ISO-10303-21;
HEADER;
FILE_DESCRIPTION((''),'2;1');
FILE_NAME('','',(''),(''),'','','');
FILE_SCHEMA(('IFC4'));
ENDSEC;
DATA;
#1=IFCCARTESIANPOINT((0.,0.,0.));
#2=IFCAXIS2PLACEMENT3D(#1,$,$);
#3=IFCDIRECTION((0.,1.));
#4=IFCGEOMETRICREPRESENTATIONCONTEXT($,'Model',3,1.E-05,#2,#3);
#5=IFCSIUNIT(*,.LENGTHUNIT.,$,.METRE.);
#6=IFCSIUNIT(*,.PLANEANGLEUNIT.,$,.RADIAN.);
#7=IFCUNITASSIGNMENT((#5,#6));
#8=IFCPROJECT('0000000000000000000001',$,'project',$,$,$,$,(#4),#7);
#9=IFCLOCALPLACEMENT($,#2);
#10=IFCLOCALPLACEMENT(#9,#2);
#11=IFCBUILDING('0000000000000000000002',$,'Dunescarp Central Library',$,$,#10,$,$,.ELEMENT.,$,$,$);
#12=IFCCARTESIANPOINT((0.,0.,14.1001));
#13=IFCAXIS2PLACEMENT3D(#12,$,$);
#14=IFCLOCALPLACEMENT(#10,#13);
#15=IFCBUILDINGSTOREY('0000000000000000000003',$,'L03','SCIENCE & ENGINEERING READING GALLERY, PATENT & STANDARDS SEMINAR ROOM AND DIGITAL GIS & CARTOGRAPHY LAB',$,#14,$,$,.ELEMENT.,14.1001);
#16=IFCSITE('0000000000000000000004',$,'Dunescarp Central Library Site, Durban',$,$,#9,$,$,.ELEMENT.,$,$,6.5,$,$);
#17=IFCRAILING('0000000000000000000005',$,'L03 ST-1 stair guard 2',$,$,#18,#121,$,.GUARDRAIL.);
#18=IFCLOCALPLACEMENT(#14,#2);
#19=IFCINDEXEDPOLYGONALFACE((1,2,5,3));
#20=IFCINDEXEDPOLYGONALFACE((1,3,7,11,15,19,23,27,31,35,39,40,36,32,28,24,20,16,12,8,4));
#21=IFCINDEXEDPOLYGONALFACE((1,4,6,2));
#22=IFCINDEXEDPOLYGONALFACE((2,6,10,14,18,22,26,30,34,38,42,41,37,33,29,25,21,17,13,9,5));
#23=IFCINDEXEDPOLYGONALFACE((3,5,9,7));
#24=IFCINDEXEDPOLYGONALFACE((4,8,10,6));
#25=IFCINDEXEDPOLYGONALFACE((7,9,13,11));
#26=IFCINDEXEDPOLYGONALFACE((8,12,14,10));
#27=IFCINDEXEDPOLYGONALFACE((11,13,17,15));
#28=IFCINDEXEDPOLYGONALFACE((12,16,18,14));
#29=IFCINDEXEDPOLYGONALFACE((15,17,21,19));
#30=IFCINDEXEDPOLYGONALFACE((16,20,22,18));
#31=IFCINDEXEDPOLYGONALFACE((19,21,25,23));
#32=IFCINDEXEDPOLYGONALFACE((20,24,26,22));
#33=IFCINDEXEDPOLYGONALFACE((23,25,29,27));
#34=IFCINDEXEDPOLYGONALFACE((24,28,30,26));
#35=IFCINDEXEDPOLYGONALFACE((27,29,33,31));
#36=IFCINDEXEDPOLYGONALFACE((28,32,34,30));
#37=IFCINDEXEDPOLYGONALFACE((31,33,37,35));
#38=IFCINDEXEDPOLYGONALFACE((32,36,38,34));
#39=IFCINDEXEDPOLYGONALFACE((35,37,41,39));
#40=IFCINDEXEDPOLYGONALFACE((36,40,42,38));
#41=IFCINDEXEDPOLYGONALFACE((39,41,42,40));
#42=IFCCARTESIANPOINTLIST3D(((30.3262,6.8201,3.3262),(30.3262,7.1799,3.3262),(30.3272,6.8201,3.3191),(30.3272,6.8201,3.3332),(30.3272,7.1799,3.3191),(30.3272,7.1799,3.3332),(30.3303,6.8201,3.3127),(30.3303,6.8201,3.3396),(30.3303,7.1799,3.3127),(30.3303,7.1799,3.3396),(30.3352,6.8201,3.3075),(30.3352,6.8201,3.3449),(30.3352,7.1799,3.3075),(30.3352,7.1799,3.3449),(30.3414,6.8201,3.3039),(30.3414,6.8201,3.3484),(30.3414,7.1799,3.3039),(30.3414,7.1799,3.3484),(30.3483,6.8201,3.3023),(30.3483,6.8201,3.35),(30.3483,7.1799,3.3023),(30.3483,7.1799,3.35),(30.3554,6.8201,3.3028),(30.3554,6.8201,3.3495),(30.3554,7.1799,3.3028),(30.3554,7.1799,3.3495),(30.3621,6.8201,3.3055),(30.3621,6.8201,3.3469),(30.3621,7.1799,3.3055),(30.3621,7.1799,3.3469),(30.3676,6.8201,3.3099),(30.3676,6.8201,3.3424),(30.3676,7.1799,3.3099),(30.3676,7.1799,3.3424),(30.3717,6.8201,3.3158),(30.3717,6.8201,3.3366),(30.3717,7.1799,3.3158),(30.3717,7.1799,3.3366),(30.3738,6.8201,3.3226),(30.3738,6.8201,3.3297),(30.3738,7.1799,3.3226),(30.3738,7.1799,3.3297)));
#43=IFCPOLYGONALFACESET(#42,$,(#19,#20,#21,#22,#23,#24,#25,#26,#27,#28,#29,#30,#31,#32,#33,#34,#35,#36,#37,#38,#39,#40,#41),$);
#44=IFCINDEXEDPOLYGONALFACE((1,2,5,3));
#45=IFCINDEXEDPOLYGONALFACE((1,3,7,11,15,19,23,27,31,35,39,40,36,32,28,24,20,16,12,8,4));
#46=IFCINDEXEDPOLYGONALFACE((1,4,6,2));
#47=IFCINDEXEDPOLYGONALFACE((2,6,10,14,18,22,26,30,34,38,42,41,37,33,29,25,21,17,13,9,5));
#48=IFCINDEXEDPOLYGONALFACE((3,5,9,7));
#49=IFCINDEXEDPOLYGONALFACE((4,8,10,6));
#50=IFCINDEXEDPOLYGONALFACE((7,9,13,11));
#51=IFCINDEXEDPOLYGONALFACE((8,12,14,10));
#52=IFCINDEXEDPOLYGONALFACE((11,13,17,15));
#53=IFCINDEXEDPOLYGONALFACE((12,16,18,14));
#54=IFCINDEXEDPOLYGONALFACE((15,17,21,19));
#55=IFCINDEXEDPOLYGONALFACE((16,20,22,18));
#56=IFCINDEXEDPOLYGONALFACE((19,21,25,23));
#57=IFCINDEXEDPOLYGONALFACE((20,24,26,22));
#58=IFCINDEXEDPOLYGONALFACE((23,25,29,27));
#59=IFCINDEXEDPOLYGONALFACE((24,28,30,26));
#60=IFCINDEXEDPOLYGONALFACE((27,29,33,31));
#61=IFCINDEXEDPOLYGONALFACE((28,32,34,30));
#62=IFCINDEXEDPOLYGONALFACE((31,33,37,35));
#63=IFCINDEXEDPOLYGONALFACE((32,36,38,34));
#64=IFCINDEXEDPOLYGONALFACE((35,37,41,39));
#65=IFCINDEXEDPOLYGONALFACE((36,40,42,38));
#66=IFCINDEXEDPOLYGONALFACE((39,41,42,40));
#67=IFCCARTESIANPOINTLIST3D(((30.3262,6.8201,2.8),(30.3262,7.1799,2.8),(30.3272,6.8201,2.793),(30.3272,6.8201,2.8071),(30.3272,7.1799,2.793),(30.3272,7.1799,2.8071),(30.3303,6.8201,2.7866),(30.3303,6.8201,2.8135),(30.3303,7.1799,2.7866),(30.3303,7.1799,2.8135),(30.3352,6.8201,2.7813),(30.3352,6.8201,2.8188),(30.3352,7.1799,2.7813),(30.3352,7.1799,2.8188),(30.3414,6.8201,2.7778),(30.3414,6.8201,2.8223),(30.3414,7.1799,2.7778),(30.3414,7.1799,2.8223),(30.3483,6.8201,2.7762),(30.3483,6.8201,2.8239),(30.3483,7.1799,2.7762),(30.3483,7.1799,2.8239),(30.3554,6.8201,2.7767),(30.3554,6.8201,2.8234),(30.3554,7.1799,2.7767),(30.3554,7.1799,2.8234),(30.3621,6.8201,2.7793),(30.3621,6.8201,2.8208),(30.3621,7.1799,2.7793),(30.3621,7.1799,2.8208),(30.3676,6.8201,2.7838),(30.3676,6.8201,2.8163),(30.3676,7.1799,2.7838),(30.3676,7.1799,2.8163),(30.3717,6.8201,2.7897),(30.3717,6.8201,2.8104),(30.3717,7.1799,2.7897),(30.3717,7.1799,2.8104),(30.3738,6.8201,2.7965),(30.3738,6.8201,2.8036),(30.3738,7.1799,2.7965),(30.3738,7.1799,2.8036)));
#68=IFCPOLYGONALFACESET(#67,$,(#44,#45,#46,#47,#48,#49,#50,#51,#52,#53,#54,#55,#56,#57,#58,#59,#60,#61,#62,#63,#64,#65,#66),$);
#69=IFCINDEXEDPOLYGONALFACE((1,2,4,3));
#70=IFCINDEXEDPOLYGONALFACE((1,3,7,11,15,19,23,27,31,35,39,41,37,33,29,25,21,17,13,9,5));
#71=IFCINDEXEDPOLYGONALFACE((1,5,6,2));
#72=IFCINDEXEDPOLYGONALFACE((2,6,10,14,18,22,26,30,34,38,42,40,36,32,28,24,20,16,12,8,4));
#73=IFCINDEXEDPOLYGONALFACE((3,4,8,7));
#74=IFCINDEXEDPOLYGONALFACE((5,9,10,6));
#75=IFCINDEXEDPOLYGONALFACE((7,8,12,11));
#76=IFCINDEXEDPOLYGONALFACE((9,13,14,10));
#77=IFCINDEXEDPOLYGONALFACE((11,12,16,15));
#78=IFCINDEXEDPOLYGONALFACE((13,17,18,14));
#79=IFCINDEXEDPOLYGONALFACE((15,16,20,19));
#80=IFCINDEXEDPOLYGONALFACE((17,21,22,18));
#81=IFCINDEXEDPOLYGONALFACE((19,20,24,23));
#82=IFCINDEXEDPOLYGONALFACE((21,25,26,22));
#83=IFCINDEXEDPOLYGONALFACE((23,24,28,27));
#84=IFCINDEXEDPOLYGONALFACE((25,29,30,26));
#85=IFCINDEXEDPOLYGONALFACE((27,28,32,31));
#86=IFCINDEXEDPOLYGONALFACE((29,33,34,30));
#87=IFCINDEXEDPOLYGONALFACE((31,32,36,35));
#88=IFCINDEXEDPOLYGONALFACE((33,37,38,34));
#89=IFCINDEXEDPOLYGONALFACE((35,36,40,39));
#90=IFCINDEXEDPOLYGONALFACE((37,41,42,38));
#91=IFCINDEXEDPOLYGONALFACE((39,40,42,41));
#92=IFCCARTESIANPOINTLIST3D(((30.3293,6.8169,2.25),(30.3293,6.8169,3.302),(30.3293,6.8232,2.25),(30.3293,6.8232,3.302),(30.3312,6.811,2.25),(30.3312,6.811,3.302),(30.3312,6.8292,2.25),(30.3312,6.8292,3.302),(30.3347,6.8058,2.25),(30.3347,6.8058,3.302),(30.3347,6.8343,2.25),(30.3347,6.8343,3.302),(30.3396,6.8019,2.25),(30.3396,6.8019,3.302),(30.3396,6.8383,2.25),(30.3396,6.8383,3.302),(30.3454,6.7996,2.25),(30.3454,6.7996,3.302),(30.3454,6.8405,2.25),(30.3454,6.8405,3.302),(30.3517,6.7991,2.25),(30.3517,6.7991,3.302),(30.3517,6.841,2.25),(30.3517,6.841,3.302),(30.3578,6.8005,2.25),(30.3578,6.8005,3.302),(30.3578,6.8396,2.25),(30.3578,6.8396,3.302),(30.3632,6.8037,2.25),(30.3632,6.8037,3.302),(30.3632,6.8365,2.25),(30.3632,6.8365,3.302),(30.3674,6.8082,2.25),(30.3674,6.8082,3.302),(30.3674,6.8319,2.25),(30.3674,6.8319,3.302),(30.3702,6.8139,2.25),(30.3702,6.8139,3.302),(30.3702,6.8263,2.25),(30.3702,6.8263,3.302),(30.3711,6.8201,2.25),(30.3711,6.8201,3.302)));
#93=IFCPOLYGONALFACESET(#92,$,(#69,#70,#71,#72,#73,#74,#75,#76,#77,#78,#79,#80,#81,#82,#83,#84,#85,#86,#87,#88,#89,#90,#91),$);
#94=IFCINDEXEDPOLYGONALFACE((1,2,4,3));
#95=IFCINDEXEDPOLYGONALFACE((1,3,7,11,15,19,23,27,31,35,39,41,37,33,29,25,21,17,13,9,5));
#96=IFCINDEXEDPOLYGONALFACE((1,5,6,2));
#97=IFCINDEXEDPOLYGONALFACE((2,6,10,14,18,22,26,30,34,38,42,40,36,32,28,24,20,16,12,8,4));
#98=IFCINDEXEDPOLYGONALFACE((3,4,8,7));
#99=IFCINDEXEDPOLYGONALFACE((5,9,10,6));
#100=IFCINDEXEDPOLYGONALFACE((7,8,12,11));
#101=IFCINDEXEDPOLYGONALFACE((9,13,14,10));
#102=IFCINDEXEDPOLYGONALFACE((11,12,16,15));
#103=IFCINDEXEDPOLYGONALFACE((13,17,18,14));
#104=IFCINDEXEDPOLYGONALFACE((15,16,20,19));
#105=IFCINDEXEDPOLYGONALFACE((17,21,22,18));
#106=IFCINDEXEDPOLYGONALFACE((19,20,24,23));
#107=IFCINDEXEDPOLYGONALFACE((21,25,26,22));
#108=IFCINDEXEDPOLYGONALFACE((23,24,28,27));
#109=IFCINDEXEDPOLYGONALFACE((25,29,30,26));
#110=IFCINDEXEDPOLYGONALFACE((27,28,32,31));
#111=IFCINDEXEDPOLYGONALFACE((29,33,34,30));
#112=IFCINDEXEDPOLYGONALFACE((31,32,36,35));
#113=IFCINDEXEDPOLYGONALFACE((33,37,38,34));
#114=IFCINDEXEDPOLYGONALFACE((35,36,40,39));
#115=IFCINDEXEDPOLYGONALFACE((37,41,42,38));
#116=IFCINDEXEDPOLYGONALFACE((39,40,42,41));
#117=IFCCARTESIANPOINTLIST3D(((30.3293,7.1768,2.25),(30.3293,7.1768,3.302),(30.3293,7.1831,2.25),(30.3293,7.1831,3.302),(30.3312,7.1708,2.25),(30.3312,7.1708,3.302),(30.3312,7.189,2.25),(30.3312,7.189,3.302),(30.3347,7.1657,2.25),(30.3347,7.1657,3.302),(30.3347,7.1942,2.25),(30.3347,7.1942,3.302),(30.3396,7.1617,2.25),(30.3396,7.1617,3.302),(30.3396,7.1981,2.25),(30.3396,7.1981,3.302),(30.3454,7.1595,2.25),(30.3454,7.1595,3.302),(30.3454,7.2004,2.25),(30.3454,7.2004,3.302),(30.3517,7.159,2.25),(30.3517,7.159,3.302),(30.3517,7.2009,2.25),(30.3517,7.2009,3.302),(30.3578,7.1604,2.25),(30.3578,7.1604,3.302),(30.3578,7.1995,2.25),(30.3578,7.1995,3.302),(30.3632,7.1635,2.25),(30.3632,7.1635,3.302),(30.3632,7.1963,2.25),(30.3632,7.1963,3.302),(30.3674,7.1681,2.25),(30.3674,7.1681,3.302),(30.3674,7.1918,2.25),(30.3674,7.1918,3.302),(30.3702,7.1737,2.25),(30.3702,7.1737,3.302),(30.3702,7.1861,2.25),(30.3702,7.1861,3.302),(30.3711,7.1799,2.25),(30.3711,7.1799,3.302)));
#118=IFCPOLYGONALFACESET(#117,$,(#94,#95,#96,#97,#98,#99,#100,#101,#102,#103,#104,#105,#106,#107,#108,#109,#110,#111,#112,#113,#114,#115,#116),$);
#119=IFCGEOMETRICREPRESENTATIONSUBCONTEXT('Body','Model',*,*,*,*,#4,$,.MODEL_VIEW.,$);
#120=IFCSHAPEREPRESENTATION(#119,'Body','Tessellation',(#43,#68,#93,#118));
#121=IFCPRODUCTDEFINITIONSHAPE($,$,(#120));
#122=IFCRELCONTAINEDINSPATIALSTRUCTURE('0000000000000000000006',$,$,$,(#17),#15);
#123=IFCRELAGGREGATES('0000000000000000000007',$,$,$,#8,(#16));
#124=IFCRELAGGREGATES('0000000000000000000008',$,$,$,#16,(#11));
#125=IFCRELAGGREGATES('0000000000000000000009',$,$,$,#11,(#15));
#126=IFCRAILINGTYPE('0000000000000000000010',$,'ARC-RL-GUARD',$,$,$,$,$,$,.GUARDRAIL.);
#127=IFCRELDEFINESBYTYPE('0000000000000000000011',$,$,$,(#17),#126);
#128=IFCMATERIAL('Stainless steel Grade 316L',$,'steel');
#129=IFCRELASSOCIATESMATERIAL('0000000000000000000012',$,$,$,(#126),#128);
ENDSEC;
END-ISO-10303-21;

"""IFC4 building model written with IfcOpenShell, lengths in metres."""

from ifc_helpers import new_model, si_unit, direction, frame, origin, origin_2d, place, context, subcontext, project, spatial, circle, extrude, material, type_object, element, save


model = new_model("IFC4")

# Units and contexts
model_context = context("Model", 3, precision=1e-05, world=origin(), true_north=direction((0.0, 1.0)))
body_context = subcontext(model_context, "Body", "Model", "MODEL_VIEW")
ifc_project = project(units=[si_unit("LENGTHUNIT", "METRE"), si_unit("PLANEANGLEUNIT", "RADIAN")], contexts=[model_context])

# Site, building, storey
site_placement = place(None, origin())
site = spatial("IfcSite", under=ifc_project, at=site_placement, Name="Dunescarp Central Library Site, Durban", CompositionType="ELEMENT", RefElevation=6.5)
building_placement = place(site_placement, origin())
building = spatial("IfcBuilding", under=site, at=building_placement, Name="Dunescarp Central Library", CompositionType="ELEMENT")
storey_placement = place(building_placement, frame((0.0, 0.0, 14.1001)))
storey = spatial("IfcBuildingStorey", under=building, at=storey_placement, Name="L03", Description="SCIENCE & ENGINEERING READING GALLERY, PATENT & STANDARDS SEMINAR ROOM AND DIGITAL GIS & CARTOGRAPHY LAB", CompositionType="ELEMENT", Elevation=14.1001)

# Railing
ifc_material_1 = material(Name="Stainless steel Grade 316L", Category="steel")
railing_type_1 = type_object("IfcRailingType", Name="ARC-RL-GUARD", PredefinedType="GUARDRAIL", material=ifc_material_1)
for number, where, name in (
    (1, (30.3501, 6.8201, 2.25), "L03 ST-1 stair guard 2"),
):
    element("IfcRailing", number, at=place(storey_placement, frame(where)), inside=storey, type_object=railing_type_1, Name=name, PredefinedType="GUARDRAIL", context=body_context, shape_type="SweptSolid", body=[
        extrude(circle(Radius=0.0239, at=origin_2d()), frame((0.0, 0.0, 1.0762), z_axis=(0.0, 1.0, 0.0), x_axis=(-1.0, 0.0, 0.0)), (0.0, 0.0, 1.0), 0.3599),
        extrude(circle(Radius=0.0239, at=origin_2d()), frame((0.0, 0.0, 0.55), z_axis=(0.0, 1.0, 0.0), x_axis=(-1.0, 0.0, 0.0)), (0.0, 0.0, 1.0), 0.3599),
        extrude(circle(Radius=0.021, at=origin_2d()), origin(), (0.0, 0.0, 1.0), 1.052),
        extrude(circle(Radius=0.021, at=origin_2d()), frame((0.0, 0.3599, 0.0)), (0.0, 0.0, 1.0), 1.052),
    ])

save(model, "model.ifc")
